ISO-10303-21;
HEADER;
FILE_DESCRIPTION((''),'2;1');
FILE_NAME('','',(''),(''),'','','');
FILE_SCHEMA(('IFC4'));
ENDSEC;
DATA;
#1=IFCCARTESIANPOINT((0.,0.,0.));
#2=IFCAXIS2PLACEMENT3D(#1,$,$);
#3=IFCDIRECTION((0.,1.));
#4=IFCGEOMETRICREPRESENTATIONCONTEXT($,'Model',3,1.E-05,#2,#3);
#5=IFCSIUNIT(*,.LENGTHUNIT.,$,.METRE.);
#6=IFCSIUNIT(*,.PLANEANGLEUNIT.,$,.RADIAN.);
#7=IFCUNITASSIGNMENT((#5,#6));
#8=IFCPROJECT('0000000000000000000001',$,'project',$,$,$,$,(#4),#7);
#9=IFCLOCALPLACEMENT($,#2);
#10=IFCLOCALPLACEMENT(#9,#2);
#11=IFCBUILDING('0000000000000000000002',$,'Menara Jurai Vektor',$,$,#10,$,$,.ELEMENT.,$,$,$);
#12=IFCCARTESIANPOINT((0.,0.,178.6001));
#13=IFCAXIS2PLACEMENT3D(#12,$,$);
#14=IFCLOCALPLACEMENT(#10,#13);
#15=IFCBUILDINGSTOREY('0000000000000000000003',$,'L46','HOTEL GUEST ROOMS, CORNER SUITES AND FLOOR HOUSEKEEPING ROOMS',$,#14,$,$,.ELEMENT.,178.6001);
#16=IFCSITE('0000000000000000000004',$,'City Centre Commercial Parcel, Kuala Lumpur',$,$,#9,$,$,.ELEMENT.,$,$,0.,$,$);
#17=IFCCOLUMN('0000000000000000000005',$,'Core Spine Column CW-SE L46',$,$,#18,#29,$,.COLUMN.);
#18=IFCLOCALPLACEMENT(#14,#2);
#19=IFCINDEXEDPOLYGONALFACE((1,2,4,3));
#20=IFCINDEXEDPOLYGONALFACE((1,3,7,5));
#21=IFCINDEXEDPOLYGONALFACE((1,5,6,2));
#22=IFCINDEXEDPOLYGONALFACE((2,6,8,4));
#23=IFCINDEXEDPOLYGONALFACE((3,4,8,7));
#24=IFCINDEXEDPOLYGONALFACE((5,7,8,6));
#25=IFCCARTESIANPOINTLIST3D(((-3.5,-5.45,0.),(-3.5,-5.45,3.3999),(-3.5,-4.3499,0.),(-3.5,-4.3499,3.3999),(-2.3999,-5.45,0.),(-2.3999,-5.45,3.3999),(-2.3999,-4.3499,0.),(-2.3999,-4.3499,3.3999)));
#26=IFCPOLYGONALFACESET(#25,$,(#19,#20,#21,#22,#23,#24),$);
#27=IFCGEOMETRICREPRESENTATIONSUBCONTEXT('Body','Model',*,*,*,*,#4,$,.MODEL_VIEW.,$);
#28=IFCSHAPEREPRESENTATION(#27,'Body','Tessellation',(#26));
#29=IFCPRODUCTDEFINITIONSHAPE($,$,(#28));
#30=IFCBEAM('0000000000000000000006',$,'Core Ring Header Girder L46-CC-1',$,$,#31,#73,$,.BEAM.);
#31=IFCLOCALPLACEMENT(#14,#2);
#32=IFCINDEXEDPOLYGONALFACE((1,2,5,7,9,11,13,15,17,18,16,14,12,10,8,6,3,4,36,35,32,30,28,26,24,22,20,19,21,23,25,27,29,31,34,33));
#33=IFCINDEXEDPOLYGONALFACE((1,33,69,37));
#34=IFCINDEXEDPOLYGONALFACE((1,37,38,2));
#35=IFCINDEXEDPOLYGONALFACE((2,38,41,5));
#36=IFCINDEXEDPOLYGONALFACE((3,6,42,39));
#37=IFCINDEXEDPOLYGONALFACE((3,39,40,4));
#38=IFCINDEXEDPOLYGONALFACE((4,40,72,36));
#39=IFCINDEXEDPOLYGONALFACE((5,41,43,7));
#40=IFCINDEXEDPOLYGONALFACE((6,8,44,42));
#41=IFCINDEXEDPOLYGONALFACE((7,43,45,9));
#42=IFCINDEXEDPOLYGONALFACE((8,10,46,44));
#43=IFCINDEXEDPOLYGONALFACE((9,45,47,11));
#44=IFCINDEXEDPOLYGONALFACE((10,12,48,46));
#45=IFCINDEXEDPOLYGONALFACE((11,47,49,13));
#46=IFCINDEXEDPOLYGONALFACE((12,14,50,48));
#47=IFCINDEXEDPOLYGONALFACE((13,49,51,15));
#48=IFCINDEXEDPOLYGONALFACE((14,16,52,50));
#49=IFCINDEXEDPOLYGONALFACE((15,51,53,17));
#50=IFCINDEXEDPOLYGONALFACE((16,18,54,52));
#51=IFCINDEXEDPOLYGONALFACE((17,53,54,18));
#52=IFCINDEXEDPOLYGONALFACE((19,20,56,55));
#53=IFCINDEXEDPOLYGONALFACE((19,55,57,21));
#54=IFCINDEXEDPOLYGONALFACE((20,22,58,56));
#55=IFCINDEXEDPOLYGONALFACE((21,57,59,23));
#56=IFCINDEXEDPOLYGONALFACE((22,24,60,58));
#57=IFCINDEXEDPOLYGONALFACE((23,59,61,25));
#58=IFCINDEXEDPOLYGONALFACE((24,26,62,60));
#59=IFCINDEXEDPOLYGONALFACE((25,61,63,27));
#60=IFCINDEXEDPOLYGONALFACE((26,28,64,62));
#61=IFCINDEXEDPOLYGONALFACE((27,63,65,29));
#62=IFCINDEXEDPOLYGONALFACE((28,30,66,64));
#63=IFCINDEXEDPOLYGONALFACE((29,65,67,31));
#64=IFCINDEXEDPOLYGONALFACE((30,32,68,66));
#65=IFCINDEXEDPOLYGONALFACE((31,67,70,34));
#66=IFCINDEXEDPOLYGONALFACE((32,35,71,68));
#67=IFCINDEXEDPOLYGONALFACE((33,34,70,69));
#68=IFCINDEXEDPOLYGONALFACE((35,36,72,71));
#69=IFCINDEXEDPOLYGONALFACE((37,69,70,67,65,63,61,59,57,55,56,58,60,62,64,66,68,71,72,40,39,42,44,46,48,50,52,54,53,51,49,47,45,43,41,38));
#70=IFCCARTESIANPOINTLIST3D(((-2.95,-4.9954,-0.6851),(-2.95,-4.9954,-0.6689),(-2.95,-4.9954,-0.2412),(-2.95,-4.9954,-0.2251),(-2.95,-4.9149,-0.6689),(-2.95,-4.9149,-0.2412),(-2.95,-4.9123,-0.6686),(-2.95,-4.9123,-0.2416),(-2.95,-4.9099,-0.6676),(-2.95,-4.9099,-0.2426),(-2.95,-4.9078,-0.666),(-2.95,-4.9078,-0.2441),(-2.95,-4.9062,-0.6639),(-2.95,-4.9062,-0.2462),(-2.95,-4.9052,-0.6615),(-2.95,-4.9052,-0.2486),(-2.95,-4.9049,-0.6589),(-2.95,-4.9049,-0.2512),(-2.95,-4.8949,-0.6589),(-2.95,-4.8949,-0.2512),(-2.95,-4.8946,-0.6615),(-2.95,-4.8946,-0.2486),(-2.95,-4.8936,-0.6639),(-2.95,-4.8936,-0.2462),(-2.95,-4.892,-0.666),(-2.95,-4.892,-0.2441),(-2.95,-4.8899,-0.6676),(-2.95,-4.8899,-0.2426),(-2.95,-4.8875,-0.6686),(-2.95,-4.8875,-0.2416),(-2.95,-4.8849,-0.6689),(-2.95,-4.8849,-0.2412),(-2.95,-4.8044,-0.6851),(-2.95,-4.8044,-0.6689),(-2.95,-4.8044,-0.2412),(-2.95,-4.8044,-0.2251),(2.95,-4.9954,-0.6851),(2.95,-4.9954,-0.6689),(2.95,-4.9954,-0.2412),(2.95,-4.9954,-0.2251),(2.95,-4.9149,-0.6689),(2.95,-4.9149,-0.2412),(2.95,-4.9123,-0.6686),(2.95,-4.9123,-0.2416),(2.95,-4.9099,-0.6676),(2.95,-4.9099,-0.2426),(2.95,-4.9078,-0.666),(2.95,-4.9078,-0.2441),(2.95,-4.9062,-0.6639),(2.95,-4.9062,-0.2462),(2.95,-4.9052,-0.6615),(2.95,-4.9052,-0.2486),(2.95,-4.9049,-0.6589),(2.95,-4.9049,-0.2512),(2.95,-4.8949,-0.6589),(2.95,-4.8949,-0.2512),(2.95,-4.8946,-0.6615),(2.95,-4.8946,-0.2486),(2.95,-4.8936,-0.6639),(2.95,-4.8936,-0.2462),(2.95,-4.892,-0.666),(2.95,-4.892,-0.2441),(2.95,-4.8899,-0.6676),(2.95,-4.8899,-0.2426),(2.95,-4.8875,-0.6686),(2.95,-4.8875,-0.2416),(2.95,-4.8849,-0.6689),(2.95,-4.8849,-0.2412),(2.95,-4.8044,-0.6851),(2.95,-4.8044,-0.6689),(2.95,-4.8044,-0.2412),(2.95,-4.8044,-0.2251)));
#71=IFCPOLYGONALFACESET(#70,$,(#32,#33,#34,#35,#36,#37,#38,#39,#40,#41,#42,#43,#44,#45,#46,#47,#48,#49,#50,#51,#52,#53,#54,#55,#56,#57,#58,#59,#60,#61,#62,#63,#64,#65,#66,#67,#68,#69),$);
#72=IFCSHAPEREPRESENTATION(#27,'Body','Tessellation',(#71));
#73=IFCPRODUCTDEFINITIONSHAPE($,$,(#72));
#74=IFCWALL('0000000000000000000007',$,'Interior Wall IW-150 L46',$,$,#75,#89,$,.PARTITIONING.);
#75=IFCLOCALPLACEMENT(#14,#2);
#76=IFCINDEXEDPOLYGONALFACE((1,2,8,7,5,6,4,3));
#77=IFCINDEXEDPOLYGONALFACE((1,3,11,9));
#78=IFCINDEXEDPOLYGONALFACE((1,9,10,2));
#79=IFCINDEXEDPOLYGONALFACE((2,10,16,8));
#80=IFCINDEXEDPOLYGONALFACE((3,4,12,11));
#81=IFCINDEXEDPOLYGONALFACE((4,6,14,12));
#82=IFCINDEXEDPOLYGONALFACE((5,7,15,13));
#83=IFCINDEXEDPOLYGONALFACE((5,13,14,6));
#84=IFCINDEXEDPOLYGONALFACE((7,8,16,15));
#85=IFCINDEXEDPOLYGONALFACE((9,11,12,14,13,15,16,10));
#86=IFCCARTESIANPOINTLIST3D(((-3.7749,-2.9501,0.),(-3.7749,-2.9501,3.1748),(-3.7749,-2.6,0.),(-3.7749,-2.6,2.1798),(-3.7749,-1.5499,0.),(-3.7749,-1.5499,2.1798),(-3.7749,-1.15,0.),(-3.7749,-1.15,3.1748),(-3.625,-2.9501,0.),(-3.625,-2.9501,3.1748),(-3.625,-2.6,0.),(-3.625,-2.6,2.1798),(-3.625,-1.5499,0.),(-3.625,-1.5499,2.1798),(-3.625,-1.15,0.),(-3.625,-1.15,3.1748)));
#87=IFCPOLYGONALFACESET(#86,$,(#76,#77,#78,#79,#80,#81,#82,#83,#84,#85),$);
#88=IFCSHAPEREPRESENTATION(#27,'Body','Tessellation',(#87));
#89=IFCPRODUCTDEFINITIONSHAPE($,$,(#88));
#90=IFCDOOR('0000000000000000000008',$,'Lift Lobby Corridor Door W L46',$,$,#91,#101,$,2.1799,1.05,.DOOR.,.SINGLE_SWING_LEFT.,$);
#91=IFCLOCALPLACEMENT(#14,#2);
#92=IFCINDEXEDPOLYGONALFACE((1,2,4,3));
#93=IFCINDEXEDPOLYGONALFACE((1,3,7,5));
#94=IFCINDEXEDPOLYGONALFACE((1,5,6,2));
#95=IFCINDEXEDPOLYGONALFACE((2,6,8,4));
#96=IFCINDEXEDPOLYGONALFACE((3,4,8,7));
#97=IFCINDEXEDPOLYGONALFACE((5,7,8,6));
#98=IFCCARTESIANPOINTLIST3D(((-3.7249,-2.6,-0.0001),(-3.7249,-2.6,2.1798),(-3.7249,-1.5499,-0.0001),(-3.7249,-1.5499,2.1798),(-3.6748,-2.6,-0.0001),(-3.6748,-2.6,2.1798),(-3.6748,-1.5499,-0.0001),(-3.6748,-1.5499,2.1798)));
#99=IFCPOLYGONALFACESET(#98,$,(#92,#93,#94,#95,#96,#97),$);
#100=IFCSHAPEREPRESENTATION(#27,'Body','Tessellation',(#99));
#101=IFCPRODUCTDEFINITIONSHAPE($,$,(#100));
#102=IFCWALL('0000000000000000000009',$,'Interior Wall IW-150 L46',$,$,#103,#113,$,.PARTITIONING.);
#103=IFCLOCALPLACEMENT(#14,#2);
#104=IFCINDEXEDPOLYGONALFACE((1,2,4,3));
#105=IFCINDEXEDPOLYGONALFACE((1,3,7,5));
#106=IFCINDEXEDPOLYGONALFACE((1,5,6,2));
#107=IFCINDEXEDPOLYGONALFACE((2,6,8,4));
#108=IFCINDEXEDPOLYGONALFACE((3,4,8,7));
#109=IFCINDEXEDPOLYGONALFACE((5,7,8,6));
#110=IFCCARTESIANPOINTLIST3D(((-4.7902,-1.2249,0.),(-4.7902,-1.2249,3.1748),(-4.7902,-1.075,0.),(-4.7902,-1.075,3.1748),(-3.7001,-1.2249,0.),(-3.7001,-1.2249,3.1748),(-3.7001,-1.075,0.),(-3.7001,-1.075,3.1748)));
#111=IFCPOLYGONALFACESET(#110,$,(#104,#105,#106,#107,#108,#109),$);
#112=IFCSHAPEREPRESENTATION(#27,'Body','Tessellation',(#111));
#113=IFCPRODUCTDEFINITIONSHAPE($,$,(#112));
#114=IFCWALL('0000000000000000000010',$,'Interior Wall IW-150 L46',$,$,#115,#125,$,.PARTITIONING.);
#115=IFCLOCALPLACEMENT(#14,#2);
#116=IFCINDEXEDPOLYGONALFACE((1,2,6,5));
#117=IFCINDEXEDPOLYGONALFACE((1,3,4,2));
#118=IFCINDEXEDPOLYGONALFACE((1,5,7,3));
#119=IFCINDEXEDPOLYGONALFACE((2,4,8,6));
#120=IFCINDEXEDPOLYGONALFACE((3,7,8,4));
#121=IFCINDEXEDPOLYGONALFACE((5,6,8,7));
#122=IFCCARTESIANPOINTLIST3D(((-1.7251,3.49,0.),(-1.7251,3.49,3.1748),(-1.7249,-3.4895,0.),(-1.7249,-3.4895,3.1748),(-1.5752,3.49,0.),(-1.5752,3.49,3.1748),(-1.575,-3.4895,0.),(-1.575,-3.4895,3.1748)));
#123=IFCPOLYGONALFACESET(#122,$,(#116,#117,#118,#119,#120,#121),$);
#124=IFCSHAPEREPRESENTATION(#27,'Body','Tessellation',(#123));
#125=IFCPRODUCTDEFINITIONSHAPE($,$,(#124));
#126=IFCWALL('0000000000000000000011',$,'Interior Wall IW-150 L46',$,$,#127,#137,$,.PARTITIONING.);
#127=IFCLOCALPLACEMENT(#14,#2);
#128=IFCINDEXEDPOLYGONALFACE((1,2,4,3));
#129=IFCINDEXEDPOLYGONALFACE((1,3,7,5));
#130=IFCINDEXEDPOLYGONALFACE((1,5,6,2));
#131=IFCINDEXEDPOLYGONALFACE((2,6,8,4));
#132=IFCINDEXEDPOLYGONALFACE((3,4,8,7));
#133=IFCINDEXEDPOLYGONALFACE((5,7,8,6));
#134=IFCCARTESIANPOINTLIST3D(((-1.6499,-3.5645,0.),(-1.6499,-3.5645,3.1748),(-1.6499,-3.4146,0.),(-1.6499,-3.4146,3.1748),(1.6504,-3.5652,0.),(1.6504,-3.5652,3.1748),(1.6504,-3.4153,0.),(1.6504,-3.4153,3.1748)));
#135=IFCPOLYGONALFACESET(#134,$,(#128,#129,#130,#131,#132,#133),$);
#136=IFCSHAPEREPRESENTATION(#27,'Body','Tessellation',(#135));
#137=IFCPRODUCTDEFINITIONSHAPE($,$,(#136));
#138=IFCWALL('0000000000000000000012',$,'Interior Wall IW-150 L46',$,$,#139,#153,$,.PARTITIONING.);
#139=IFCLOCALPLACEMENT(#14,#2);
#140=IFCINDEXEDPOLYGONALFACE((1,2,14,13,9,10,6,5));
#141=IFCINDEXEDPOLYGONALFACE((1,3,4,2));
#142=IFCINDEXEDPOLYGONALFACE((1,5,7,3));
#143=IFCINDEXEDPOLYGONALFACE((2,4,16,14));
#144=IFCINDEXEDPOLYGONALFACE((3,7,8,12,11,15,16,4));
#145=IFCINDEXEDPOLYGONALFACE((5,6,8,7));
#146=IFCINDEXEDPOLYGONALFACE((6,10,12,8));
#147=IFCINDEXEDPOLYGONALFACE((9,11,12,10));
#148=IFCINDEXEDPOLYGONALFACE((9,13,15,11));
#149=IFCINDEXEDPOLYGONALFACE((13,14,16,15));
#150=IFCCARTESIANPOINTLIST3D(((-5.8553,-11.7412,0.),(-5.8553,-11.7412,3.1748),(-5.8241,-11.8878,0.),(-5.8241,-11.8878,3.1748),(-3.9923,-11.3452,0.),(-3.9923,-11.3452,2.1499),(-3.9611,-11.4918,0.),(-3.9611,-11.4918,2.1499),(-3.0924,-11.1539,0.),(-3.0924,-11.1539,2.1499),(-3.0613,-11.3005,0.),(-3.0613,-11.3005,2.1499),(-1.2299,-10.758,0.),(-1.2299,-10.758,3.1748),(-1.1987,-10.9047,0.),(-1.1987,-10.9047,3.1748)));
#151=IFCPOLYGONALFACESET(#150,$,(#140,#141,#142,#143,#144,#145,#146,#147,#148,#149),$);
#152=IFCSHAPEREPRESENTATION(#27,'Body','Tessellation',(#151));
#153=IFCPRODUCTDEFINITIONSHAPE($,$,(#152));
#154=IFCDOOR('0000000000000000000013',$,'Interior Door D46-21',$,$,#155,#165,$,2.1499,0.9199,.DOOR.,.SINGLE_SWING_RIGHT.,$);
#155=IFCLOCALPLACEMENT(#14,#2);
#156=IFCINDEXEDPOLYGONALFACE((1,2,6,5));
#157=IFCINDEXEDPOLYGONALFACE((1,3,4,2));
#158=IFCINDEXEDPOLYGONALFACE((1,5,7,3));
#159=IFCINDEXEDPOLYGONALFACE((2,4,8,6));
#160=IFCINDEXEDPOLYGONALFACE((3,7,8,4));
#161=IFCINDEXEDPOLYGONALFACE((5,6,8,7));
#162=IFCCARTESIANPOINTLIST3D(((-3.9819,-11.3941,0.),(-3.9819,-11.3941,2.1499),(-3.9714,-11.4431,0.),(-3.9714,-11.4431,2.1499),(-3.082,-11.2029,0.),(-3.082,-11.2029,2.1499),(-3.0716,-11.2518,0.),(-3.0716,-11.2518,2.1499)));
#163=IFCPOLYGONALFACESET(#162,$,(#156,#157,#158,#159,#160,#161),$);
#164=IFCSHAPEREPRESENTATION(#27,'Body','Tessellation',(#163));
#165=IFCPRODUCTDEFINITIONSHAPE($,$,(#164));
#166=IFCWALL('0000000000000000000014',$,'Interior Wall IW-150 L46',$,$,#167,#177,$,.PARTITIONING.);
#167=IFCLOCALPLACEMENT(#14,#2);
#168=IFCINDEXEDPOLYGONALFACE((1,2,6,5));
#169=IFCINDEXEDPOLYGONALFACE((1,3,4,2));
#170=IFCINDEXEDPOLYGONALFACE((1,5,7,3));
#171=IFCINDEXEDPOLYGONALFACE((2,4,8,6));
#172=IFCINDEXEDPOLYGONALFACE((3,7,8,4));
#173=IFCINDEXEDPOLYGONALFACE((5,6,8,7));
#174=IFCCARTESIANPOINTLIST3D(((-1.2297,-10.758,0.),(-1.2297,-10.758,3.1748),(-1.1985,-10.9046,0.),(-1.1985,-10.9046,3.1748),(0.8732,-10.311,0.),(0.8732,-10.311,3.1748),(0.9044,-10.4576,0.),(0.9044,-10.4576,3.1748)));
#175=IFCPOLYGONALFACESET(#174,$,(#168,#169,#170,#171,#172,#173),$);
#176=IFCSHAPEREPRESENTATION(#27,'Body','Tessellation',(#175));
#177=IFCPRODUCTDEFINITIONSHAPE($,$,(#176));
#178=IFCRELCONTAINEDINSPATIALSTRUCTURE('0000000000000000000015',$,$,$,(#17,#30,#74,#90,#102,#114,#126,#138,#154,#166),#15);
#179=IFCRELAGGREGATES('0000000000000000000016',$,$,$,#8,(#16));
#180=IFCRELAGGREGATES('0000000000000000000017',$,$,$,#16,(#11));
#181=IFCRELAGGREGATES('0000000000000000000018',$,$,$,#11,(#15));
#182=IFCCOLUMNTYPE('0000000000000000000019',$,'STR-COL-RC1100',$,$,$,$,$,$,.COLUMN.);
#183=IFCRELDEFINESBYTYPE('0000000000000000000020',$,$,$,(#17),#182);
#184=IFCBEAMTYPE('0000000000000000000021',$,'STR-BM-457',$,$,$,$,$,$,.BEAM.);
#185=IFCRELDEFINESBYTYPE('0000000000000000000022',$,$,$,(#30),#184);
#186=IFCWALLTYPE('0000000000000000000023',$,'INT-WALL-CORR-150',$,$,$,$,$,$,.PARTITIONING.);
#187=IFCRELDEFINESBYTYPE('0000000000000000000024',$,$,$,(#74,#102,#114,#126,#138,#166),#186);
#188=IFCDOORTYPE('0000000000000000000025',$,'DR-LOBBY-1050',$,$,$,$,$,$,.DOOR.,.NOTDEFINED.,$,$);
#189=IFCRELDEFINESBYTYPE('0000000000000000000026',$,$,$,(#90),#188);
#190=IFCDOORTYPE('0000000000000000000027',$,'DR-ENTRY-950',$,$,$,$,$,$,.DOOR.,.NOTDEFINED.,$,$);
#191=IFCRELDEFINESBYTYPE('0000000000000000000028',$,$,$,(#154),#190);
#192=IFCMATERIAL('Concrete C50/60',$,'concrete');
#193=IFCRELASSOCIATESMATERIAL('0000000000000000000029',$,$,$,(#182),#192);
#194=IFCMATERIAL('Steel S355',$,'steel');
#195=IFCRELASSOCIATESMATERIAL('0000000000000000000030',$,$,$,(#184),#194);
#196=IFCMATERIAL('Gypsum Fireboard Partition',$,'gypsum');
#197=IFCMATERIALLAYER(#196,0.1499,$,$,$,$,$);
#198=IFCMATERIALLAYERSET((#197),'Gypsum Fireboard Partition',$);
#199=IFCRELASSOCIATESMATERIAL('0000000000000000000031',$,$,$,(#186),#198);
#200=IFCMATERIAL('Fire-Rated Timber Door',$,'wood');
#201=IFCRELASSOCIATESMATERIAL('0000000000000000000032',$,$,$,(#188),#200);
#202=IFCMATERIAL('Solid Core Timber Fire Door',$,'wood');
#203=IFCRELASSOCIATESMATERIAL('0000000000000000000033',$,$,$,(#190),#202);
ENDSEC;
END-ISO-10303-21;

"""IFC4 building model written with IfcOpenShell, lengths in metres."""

from ifc_helpers import new_model, si_unit, direction, frame, frame_2d, origin, origin_2d, place, context, subcontext, project, spatial, rectangle, i_section, extrude, material, layer, layer_set, material_profile, profile_set, type_object, element, fill, save


model = new_model("IFC4")

# Units and contexts
model_context = context("Model", 3, precision=1e-05, world=origin(), true_north=direction((0.0, 1.0)))
body_context = subcontext(model_context, "Body", "Model", "MODEL_VIEW")
ifc_project = project(units=[si_unit("LENGTHUNIT", "METRE"), si_unit("PLANEANGLEUNIT", "RADIAN")], contexts=[model_context])

# Site, building, storey
site_placement = place(None, origin())
site = spatial("IfcSite", under=ifc_project, at=site_placement, Name="City Centre Commercial Parcel, Kuala Lumpur", CompositionType="ELEMENT", RefElevation=0.0)
building_placement = place(site_placement, origin())
building = spatial("IfcBuilding", under=site, at=building_placement, Name="Menara Jurai Vektor", CompositionType="ELEMENT")
storey_placement = place(building_placement, frame((0.0, 0.0, 178.6001)))
storey = spatial("IfcBuildingStorey", under=building, at=storey_placement, Name="L46", Description="HOTEL GUEST ROOMS, CORNER SUITES AND FLOOR HOUSEKEEPING ROOMS", CompositionType="ELEMENT", Elevation=178.6001)

# Column
ifc_material_1 = material(Name="Concrete C50/60", Category="concrete")
ifc_material_profile_1 = material_profile(ifc_material_1, rectangle(XDim=1.1001, YDim=1.1001, at=origin_2d()), Name="RC 1100x1100")
ifc_profile_set_1 = profile_set([ifc_material_profile_1], Name="Concrete C50/60")
column_type = type_object("IfcColumnType", Name="STR-COL-RC1100", PredefinedType="COLUMN", material=ifc_profile_set_1)
column_placement = place(storey_placement, frame((-2.95, -4.8999, 0.0), z_axis=(0.0, 0.0, 1.0), x_axis=(1.0, 0.0, 0.0)))
element("IfcColumn", 1, at=column_placement, inside=storey, type_object=column_type, Name="Core Spine Column CW-SE L46", PredefinedType="COLUMN", context=body_context, shape_type="SweptSolid", body=[
    extrude(rectangle(XDim=1.1001, YDim=1.1001, at=origin_2d()), origin(), (0.0, 0.0, 1.0), 3.3999),
])

# Beam
ifc_material_2 = material(Name="Steel S355", Category="steel")
ifc_material_profile_2 = material_profile(ifc_material_2, i_section(OverallWidth=0.1909, OverallDepth=0.46, WebThickness=0.01, FlangeThickness=0.0161, FilletRadius=0.01, at=origin_2d()), Name="UKB 457x191x82")
ifc_profile_set_2 = profile_set([ifc_material_profile_2], Name="Steel S355")
beam_type = type_object("IfcBeamType", Name="STR-BM-457", PredefinedType="BEAM", material=ifc_profile_set_2)
beam_placement = place(storey_placement, frame((-2.95, -4.8999, -0.4551), z_axis=(1.0, 0.0, 0.0), x_axis=(0.0, 1.0, 0.0)))
element("IfcBeam", 2, at=beam_placement, inside=storey, type_object=beam_type, Name="Core Ring Header Girder L46-CC-1", PredefinedType="BEAM", context=body_context, shape_type="SweptSolid", body=[
    extrude(i_section(OverallWidth=0.1909, OverallDepth=0.46, WebThickness=0.01, FlangeThickness=0.0161, FilletRadius=0.01, at=origin_2d()), origin(), (0.0, 0.0, 1.0), 5.8999),
])

# Wall, opening, door
ifc_material_3 = material(Name="Gypsum Fireboard Partition", Category="gypsum")
ifc_layer_1 = layer(ifc_material_3, 0.1499)
ifc_layer_set_1 = layer_set([ifc_layer_1], Name="Gypsum Fireboard Partition")
wall_type_1 = type_object("IfcWallType", Name="INT-WALL-CORR-150", PredefinedType="PARTITIONING", material=ifc_layer_set_1)
wall_1_placement = place(storey_placement, frame((-3.7, -2.95, 0.0), z_axis=(0.0, 0.0, 1.0), x_axis=(0.0, 1.0, 0.0)))
wall_1 = element("IfcWall", 3, at=wall_1_placement, inside=storey, type_object=wall_type_1, Name="Interior Wall IW-150 L46", PredefinedType="PARTITIONING", context=body_context, shape_type="SweptSolid", body=[
    extrude(rectangle(XDim=1.8, YDim=0.1499, at=frame_2d((0.8999, 0.0))), origin(), (0.0, 0.0, 1.0), 3.1748),
])
opening_1_placement = place(wall_1_placement, frame((0.3501, 0.0, 0.0)))
opening_1 = element("IfcOpeningElement", 4, at=opening_1_placement, cuts=wall_1, PredefinedType="OPENING", context=body_context, shape_type="SweptSolid", body=[
    extrude(rectangle(XDim=1.05, YDim=2.1799, at=frame_2d((0.5249, 1.0898))), frame((0.0, 0.085, 0.0), z_axis=(0.0, -1.0, 0.0), x_axis=(1.0, 0.0, 0.0)), (0.0, 0.0, 1.0), 0.1699),
])
ifc_material_4 = material(Name="Fire-Rated Timber Door", Category="wood")
door_type_1 = type_object("IfcDoorType", Name="DR-LOBBY-1050", OperationType="NOTDEFINED", PredefinedType="DOOR", material=ifc_material_4)
door_1_placement = place(opening_1_placement, origin())
door_1 = element("IfcDoor", 5, at=door_1_placement, inside=storey, type_object=door_type_1, Name="Lift Lobby Corridor Door W L46", OperationType="SINGLE_SWING_LEFT", OverallHeight=2.1799, OverallWidth=1.05, PredefinedType="DOOR", context=body_context, shape_type="SweptSolid", body=[
    extrude(rectangle(XDim=1.05, YDim=2.1799, at=frame_2d((0.5249, 1.0898))), frame((0.0, 0.0249, 0.0), z_axis=(0.0, -1.0, 0.0), x_axis=(1.0, 0.0, 0.0)), (0.0, 0.0, 1.0), 0.05),
])
fill(opening_1, door_1)

# Walls
wall_2_placement = place(storey_placement, frame((-4.79, -1.1499, 0.0), z_axis=(0.0, 0.0, 1.0), x_axis=(1.0, 0.0, 0.0)))
element("IfcWall", 6, at=wall_2_placement, inside=storey, type_object=wall_type_1, Name="Interior Wall IW-150 L46", PredefinedType="PARTITIONING", context=body_context, shape_type="SweptSolid", body=[
    extrude(rectangle(XDim=1.0901, YDim=0.1499, at=frame_2d((0.5449, 0.0))), origin(), (0.0, 0.0, 1.0), 3.1748),
])
wall_3_placement = place(storey_placement, frame((-1.6499, -3.4895, 0.0), z_axis=(0.0, 0.0, 1.0), x_axis=(-0.000035, 1.0, 0.0)))
element("IfcWall", 7, at=wall_3_placement, inside=storey, type_object=wall_type_1, Name="Interior Wall IW-150 L46", PredefinedType="PARTITIONING", context=body_context, shape_type="SweptSolid", body=[
    extrude(rectangle(XDim=6.9795, YDim=0.1499, at=frame_2d((3.4897, 0.0))), origin(), (0.0, 0.0, 1.0), 3.1748),
])
wall_4_placement = place(storey_placement, frame((-1.6499, -3.4895, 0.0), z_axis=(0.0, 0.0, 1.0), x_axis=(1.0, -0.000222, 0.0)))
element("IfcWall", 8, at=wall_4_placement, inside=storey, type_object=wall_type_1, Name="Interior Wall IW-150 L46", PredefinedType="PARTITIONING", context=body_context, shape_type="SweptSolid", body=[
    extrude(rectangle(XDim=3.3003, YDim=0.1499, at=frame_2d((1.6501, 0.0))), origin(), (0.0, 0.0, 1.0), 3.1748),
])

# Wall, opening, door
wall_5_placement = place(storey_placement, frame((-5.8396, -11.8145, 0.0), z_axis=(0.0, 0.0, 1.0), x_axis=(0.978149, 0.207907, 0.0)))
wall_5 = element("IfcWall", 9, at=wall_5_placement, inside=storey, type_object=wall_type_1, Name="Interior Wall IW-150 L46", PredefinedType="PARTITIONING", context=body_context, shape_type="SweptSolid", body=[
    extrude(rectangle(XDim=4.7288, YDim=0.1499, at=frame_2d((2.3643, 0.0))), origin(), (0.0, 0.0, 1.0), 3.1748),
])
opening_2_placement = place(wall_5_placement, frame((1.9045, 0.0, 0.0)))
opening_2 = element("IfcOpeningElement", 10, at=opening_2_placement, cuts=wall_5, PredefinedType="OPENING", context=body_context, shape_type="SweptSolid", body=[
    extrude(rectangle(XDim=0.9199, YDim=2.1499, at=frame_2d((0.46, 1.075))), frame((0.0, 0.085, 0.0), z_axis=(0.0, -1.0, 0.0), x_axis=(1.0, 0.0, 0.0)), (0.0, 0.0, 1.0), 0.1699),
])
ifc_material_5 = material(Name="Solid Core Timber Fire Door", Category="wood")
door_type_2 = type_object("IfcDoorType", Name="DR-ENTRY-950", OperationType="NOTDEFINED", PredefinedType="DOOR", material=ifc_material_5)
door_2_placement = place(opening_2_placement, origin())
door_2 = element("IfcDoor", 11, at=door_2_placement, inside=storey, type_object=door_type_2, Name="Interior Door D46-21", OperationType="SINGLE_SWING_RIGHT", OverallHeight=2.1499, OverallWidth=0.9199, PredefinedType="DOOR", context=body_context, shape_type="SweptSolid", body=[
    extrude(rectangle(XDim=0.9199, YDim=2.1499, at=frame_2d((0.46, 1.075))), frame((0.0, 0.0249, 0.0), z_axis=(0.0, -1.0, 0.0), x_axis=(1.0, 0.0, 0.0)), (0.0, 0.0, 1.0), 0.05),
])
fill(opening_2, door_2)

# Wall
wall_6_placement = place(storey_placement, frame((-1.2141, -10.8313, 0.0), z_axis=(0.0, 0.0, 1.0), x_axis=(0.978147, 0.207916, 0.0)))
element("IfcWall", 12, at=wall_6_placement, inside=storey, type_object=wall_type_1, Name="Interior Wall IW-150 L46", PredefinedType="PARTITIONING", context=body_context, shape_type="SweptSolid", body=[
    extrude(rectangle(XDim=2.1499, YDim=0.1499, at=frame_2d((1.075, 0.0))), origin(), (0.0, 0.0, 1.0), 3.1748),
])

save(model, "model.ifc")
